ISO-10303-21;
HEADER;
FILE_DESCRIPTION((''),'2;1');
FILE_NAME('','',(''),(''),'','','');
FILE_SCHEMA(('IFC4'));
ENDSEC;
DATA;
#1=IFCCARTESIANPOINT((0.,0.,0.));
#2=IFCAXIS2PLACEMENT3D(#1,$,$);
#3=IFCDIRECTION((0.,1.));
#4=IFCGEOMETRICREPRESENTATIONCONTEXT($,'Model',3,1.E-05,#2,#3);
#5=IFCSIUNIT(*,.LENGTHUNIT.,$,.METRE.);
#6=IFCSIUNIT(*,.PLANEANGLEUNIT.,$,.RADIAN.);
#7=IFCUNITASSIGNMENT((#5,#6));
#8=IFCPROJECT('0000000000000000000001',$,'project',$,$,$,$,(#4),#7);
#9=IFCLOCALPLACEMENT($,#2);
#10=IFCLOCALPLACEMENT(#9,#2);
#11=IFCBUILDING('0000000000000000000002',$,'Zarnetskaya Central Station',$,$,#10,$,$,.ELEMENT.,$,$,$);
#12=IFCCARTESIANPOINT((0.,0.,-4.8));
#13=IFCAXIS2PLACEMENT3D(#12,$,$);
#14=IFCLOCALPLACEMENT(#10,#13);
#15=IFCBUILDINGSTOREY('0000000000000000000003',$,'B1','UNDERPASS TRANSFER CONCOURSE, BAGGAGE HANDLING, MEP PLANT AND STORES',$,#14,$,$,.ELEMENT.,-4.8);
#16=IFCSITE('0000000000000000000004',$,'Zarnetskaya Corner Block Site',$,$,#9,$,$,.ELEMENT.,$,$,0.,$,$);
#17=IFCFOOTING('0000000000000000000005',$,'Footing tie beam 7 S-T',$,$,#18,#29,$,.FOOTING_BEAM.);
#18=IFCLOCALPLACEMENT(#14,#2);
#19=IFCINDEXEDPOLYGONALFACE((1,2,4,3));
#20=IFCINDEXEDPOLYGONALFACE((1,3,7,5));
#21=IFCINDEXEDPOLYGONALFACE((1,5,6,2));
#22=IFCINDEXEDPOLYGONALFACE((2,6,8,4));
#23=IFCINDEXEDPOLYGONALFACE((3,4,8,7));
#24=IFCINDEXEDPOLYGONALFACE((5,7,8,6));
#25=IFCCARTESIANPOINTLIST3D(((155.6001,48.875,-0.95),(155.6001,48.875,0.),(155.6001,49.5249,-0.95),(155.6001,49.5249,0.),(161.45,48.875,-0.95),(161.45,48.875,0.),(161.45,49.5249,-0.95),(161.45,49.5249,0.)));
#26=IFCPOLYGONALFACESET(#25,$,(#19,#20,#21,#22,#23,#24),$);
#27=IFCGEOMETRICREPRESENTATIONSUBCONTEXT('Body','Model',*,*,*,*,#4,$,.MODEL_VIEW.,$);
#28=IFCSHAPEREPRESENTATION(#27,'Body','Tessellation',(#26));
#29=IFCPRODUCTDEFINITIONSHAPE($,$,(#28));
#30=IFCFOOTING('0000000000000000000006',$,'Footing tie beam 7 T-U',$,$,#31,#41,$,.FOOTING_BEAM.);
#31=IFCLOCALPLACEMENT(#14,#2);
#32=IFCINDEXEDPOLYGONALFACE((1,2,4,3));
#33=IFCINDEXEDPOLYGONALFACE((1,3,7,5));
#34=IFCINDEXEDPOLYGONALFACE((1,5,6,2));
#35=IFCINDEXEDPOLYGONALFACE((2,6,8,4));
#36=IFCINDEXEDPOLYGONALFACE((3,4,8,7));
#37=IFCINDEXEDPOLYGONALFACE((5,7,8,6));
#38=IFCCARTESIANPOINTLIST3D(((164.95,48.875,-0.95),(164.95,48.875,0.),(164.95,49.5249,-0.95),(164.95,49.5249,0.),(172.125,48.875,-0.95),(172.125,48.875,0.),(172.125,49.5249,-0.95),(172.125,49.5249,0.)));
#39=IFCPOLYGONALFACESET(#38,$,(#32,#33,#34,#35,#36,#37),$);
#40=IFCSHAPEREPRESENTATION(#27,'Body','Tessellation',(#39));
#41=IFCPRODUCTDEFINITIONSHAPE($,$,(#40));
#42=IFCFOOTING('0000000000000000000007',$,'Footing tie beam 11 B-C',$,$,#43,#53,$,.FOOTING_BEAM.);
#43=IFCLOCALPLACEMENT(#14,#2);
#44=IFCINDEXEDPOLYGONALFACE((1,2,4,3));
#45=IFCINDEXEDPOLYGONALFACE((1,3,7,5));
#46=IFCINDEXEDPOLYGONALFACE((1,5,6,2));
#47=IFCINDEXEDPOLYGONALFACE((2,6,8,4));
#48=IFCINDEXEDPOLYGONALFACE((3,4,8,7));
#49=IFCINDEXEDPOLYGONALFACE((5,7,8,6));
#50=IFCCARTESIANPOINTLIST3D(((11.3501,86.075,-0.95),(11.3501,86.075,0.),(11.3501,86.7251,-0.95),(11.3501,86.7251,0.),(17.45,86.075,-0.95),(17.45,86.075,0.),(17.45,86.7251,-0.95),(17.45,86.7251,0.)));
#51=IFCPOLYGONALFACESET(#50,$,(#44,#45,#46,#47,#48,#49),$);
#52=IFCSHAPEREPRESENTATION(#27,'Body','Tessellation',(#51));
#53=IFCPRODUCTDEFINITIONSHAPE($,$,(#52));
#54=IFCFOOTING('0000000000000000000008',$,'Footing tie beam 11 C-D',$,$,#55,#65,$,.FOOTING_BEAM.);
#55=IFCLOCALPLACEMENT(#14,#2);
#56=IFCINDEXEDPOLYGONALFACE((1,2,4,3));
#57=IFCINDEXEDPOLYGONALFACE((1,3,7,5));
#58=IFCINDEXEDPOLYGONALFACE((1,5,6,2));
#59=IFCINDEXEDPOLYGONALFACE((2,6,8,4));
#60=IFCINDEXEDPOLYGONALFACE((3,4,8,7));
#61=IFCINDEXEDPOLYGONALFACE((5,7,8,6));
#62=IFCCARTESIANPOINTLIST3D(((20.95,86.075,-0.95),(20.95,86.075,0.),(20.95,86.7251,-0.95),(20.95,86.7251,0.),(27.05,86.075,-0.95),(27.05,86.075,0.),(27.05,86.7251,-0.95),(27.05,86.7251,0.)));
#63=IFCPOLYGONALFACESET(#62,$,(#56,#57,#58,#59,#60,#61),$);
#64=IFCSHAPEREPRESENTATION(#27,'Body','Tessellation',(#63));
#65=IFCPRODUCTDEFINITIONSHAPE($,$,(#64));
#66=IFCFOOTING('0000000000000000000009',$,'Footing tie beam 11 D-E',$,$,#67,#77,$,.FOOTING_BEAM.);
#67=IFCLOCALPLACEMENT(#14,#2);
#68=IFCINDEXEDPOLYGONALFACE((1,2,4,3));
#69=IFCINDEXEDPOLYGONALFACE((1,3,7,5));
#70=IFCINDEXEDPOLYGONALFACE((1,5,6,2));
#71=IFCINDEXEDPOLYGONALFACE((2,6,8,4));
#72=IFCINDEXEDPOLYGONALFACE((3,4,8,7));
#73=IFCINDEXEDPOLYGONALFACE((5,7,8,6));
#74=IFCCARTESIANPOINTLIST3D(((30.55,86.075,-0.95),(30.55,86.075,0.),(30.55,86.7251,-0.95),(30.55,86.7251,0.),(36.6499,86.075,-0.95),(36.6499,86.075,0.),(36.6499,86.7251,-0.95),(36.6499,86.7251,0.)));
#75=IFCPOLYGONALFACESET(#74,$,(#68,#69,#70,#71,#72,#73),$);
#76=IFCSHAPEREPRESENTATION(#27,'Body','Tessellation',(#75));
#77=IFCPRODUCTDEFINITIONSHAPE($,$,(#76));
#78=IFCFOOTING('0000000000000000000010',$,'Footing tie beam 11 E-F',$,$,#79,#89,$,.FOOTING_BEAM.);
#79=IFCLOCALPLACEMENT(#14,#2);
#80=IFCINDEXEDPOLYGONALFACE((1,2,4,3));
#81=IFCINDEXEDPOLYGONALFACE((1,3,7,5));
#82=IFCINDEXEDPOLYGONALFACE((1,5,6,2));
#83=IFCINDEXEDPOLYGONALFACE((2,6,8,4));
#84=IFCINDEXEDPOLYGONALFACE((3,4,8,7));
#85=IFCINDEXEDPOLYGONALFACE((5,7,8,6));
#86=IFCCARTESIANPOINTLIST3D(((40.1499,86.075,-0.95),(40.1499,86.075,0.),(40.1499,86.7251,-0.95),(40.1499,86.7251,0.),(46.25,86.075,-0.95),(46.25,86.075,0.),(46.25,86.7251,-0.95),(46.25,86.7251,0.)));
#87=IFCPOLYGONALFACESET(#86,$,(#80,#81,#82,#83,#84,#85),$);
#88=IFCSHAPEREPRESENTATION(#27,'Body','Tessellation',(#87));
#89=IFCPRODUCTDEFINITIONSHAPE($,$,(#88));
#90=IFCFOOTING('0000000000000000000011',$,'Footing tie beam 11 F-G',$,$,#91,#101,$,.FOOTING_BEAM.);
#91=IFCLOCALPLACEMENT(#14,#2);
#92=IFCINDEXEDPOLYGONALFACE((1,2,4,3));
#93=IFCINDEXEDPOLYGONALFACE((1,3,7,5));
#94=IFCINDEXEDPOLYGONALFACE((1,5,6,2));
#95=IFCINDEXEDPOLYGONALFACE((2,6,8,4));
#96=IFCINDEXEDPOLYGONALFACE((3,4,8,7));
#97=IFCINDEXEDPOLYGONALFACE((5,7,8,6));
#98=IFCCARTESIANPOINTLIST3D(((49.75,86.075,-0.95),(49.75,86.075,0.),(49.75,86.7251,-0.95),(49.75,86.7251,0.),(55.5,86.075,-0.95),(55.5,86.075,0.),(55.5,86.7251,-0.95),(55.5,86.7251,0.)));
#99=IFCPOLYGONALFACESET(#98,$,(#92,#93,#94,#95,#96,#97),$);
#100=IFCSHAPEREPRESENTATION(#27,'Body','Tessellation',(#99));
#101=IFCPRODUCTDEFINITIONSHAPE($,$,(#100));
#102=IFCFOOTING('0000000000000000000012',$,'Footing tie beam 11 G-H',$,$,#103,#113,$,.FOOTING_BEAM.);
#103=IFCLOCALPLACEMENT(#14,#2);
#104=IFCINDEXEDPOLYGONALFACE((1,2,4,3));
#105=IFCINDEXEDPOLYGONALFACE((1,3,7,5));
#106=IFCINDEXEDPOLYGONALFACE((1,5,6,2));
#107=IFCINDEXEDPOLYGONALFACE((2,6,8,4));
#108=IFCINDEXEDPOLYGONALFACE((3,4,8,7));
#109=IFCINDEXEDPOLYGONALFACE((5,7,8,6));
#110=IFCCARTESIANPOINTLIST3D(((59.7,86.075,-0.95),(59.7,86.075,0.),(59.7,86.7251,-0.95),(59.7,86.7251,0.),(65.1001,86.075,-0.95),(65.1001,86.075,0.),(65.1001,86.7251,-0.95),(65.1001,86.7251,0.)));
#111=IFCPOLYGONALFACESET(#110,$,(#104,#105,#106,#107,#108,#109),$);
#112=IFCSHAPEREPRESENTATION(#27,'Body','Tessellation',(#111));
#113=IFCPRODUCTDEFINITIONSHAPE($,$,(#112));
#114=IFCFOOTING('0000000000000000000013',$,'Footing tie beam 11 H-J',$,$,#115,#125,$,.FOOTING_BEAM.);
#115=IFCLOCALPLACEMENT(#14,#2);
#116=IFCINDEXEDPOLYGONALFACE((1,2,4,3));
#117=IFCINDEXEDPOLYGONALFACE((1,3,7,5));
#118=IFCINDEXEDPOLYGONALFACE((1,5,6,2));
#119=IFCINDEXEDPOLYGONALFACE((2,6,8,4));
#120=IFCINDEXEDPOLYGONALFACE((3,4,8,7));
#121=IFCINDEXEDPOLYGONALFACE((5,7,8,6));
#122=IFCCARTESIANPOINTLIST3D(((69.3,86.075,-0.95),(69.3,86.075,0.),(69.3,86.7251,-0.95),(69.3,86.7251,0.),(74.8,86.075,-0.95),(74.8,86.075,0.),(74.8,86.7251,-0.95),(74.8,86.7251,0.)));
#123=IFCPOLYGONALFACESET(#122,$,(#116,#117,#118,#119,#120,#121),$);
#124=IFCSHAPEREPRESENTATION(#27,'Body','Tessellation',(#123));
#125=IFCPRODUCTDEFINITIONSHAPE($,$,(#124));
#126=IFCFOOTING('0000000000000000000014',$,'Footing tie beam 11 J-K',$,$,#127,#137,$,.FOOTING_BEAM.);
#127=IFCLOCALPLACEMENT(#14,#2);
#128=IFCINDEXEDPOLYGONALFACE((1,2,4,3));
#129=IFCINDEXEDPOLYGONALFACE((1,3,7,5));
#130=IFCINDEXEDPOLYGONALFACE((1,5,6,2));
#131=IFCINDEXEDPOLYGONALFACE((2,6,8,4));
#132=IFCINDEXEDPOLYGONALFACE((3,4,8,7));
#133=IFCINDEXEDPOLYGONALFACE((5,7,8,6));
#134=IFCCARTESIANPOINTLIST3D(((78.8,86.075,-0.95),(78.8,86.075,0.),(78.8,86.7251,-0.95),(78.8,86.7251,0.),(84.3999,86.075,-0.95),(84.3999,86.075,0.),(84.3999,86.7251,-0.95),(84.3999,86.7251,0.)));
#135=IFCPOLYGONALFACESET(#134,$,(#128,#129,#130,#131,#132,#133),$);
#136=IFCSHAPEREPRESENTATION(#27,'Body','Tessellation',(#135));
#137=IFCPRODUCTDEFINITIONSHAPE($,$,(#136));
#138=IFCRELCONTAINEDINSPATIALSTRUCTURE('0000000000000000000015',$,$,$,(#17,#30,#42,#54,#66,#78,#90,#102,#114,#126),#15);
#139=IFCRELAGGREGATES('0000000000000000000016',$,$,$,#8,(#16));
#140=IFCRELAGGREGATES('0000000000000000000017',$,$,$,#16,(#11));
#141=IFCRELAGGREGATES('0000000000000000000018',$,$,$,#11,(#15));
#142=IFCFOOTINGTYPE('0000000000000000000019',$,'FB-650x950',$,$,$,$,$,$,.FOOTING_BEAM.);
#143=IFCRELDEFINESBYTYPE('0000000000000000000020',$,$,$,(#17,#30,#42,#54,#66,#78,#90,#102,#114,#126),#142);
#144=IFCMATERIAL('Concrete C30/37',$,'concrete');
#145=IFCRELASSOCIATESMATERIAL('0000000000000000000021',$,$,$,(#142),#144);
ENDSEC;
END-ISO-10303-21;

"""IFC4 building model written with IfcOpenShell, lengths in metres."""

from ifc_helpers import new_model, si_unit, direction, frame, origin, place, context, subcontext, project, spatial, polyline, outline, extrude, material, type_object, element, save


model = new_model("IFC4")

# Units and contexts
model_context = context("Model", 3, precision=1e-05, world=origin(), true_north=direction((0.0, 1.0)))
body_context = subcontext(model_context, "Body", "Model", "MODEL_VIEW")
ifc_project = project(units=[si_unit("LENGTHUNIT", "METRE"), si_unit("PLANEANGLEUNIT", "RADIAN")], contexts=[model_context])

# Site, building, storey
site_placement = place(None, origin())
site = spatial("IfcSite", under=ifc_project, at=site_placement, Name="Zarnetskaya Corner Block Site", CompositionType="ELEMENT", RefElevation=0.0)
building_placement = place(site_placement, origin())
building = spatial("IfcBuilding", under=site, at=building_placement, Name="Zarnetskaya Central Station", CompositionType="ELEMENT")
storey_placement = place(building_placement, frame((0.0, 0.0, -4.8)))
storey = spatial("IfcBuildingStorey", under=building, at=storey_placement, Name="B1", Description="UNDERPASS TRANSFER CONCOURSE, BAGGAGE HANDLING, MEP PLANT AND STORES", CompositionType="ELEMENT", Elevation=-4.8)

# Footings
ifc_material = material(Name="Concrete C30/37", Category="concrete")
footing_type = type_object("IfcFootingType", Name="FB-650x950", PredefinedType="FOOTING_BEAM", material=ifc_material)
footing_1_placement = place(storey_placement, frame((0.0, 0.0, -0.95)))
element("IfcFooting", 1, at=footing_1_placement, inside=storey, type_object=footing_type, Name="Footing tie beam 7 S-T", PredefinedType="FOOTING_BEAM", context=body_context, shape_type="SweptSolid", body=[
    extrude(outline(polyline([(155.6001, 48.875), (161.45, 48.875), (161.45, 49.5249), (155.6001, 49.5249), (155.6001, 48.875)])), origin(), (0.0, 0.0, 1.0), 0.95),
])
footing_2_placement = place(storey_placement, frame((0.0, 0.0, -0.95)))
element("IfcFooting", 2, at=footing_2_placement, inside=storey, type_object=footing_type, Name="Footing tie beam 7 T-U", PredefinedType="FOOTING_BEAM", context=body_context, shape_type="SweptSolid", body=[
    extrude(outline(polyline([(164.95, 48.875), (172.125, 48.875), (172.125, 49.5249), (164.95, 49.5249), (164.95, 48.875)])), origin(), (0.0, 0.0, 1.0), 0.95),
])
footing_3_placement = place(storey_placement, frame((0.0, 0.0, -0.95)))
element("IfcFooting", 3, at=footing_3_placement, inside=storey, type_object=footing_type, Name="Footing tie beam 11 B-C", PredefinedType="FOOTING_BEAM", context=body_context, shape_type="SweptSolid", body=[
    extrude(outline(polyline([(11.3501, 86.075), (17.45, 86.075), (17.45, 86.7251), (11.3501, 86.7251), (11.3501, 86.075)])), origin(), (0.0, 0.0, 1.0), 0.95),
])
footing_4_placement = place(storey_placement, frame((0.0, 0.0, -0.95)))
element("IfcFooting", 4, at=footing_4_placement, inside=storey, type_object=footing_type, Name="Footing tie beam 11 C-D", PredefinedType="FOOTING_BEAM", context=body_context, shape_type="SweptSolid", body=[
    extrude(outline(polyline([(20.95, 86.075), (27.05, 86.075), (27.05, 86.7251), (20.95, 86.7251), (20.95, 86.075)])), origin(), (0.0, 0.0, 1.0), 0.95),
])
footing_5_placement = place(storey_placement, frame((0.0, 0.0, -0.95)))
element("IfcFooting", 5, at=footing_5_placement, inside=storey, type_object=footing_type, Name="Footing tie beam 11 D-E", PredefinedType="FOOTING_BEAM", context=body_context, shape_type="SweptSolid", body=[
    extrude(outline(polyline([(30.55, 86.075), (36.6499, 86.075), (36.6499, 86.7251), (30.55, 86.7251), (30.55, 86.075)])), origin(), (0.0, 0.0, 1.0), 0.95),
])
footing_6_placement = place(storey_placement, frame((0.0, 0.0, -0.95)))
element("IfcFooting", 6, at=footing_6_placement, inside=storey, type_object=footing_type, Name="Footing tie beam 11 E-F", PredefinedType="FOOTING_BEAM", context=body_context, shape_type="SweptSolid", body=[
    extrude(outline(polyline([(40.1499, 86.075), (46.25, 86.075), (46.25, 86.7251), (40.1499, 86.7251), (40.1499, 86.075)])), origin(), (0.0, 0.0, 1.0), 0.95),
])
footing_7_placement = place(storey_placement, frame((0.0, 0.0, -0.95)))
element("IfcFooting", 7, at=footing_7_placement, inside=storey, type_object=footing_type, Name="Footing tie beam 11 F-G", PredefinedType="FOOTING_BEAM", context=body_context, shape_type="SweptSolid", body=[
    extrude(outline(polyline([(49.75, 86.075), (55.5, 86.075), (55.5, 86.7251), (49.75, 86.7251), (49.75, 86.075)])), origin(), (0.0, 0.0, 1.0), 0.95),
])
footing_8_placement = place(storey_placement, frame((0.0, 0.0, -0.95)))
element("IfcFooting", 8, at=footing_8_placement, inside=storey, type_object=footing_type, Name="Footing tie beam 11 G-H", PredefinedType="FOOTING_BEAM", context=body_context, shape_type="SweptSolid", body=[
    extrude(outline(polyline([(59.7, 86.075), (65.1001, 86.075), (65.1001, 86.7251), (59.7, 86.7251), (59.7, 86.075)])), origin(), (0.0, 0.0, 1.0), 0.95),
])
footing_9_placement = place(storey_placement, frame((0.0, 0.0, -0.95)))
element("IfcFooting", 9, at=footing_9_placement, inside=storey, type_object=footing_type, Name="Footing tie beam 11 H-J", PredefinedType="FOOTING_BEAM", context=body_context, shape_type="SweptSolid", body=[
    extrude(outline(polyline([(69.3, 86.075), (74.8, 86.075), (74.8, 86.7251), (69.3, 86.7251), (69.3, 86.075)])), origin(), (0.0, 0.0, 1.0), 0.95),
])
footing_10_placement = place(storey_placement, frame((0.0, 0.0, -0.95)))
element("IfcFooting", 10, at=footing_10_placement, inside=storey, type_object=footing_type, Name="Footing tie beam 11 J-K", PredefinedType="FOOTING_BEAM", context=body_context, shape_type="SweptSolid", body=[
    extrude(outline(polyline([(78.8, 86.075), (84.3999, 86.075), (84.3999, 86.7251), (78.8, 86.7251), (78.8, 86.075)])), origin(), (0.0, 0.0, 1.0), 0.95),
])

save(model, "model.ifc")
